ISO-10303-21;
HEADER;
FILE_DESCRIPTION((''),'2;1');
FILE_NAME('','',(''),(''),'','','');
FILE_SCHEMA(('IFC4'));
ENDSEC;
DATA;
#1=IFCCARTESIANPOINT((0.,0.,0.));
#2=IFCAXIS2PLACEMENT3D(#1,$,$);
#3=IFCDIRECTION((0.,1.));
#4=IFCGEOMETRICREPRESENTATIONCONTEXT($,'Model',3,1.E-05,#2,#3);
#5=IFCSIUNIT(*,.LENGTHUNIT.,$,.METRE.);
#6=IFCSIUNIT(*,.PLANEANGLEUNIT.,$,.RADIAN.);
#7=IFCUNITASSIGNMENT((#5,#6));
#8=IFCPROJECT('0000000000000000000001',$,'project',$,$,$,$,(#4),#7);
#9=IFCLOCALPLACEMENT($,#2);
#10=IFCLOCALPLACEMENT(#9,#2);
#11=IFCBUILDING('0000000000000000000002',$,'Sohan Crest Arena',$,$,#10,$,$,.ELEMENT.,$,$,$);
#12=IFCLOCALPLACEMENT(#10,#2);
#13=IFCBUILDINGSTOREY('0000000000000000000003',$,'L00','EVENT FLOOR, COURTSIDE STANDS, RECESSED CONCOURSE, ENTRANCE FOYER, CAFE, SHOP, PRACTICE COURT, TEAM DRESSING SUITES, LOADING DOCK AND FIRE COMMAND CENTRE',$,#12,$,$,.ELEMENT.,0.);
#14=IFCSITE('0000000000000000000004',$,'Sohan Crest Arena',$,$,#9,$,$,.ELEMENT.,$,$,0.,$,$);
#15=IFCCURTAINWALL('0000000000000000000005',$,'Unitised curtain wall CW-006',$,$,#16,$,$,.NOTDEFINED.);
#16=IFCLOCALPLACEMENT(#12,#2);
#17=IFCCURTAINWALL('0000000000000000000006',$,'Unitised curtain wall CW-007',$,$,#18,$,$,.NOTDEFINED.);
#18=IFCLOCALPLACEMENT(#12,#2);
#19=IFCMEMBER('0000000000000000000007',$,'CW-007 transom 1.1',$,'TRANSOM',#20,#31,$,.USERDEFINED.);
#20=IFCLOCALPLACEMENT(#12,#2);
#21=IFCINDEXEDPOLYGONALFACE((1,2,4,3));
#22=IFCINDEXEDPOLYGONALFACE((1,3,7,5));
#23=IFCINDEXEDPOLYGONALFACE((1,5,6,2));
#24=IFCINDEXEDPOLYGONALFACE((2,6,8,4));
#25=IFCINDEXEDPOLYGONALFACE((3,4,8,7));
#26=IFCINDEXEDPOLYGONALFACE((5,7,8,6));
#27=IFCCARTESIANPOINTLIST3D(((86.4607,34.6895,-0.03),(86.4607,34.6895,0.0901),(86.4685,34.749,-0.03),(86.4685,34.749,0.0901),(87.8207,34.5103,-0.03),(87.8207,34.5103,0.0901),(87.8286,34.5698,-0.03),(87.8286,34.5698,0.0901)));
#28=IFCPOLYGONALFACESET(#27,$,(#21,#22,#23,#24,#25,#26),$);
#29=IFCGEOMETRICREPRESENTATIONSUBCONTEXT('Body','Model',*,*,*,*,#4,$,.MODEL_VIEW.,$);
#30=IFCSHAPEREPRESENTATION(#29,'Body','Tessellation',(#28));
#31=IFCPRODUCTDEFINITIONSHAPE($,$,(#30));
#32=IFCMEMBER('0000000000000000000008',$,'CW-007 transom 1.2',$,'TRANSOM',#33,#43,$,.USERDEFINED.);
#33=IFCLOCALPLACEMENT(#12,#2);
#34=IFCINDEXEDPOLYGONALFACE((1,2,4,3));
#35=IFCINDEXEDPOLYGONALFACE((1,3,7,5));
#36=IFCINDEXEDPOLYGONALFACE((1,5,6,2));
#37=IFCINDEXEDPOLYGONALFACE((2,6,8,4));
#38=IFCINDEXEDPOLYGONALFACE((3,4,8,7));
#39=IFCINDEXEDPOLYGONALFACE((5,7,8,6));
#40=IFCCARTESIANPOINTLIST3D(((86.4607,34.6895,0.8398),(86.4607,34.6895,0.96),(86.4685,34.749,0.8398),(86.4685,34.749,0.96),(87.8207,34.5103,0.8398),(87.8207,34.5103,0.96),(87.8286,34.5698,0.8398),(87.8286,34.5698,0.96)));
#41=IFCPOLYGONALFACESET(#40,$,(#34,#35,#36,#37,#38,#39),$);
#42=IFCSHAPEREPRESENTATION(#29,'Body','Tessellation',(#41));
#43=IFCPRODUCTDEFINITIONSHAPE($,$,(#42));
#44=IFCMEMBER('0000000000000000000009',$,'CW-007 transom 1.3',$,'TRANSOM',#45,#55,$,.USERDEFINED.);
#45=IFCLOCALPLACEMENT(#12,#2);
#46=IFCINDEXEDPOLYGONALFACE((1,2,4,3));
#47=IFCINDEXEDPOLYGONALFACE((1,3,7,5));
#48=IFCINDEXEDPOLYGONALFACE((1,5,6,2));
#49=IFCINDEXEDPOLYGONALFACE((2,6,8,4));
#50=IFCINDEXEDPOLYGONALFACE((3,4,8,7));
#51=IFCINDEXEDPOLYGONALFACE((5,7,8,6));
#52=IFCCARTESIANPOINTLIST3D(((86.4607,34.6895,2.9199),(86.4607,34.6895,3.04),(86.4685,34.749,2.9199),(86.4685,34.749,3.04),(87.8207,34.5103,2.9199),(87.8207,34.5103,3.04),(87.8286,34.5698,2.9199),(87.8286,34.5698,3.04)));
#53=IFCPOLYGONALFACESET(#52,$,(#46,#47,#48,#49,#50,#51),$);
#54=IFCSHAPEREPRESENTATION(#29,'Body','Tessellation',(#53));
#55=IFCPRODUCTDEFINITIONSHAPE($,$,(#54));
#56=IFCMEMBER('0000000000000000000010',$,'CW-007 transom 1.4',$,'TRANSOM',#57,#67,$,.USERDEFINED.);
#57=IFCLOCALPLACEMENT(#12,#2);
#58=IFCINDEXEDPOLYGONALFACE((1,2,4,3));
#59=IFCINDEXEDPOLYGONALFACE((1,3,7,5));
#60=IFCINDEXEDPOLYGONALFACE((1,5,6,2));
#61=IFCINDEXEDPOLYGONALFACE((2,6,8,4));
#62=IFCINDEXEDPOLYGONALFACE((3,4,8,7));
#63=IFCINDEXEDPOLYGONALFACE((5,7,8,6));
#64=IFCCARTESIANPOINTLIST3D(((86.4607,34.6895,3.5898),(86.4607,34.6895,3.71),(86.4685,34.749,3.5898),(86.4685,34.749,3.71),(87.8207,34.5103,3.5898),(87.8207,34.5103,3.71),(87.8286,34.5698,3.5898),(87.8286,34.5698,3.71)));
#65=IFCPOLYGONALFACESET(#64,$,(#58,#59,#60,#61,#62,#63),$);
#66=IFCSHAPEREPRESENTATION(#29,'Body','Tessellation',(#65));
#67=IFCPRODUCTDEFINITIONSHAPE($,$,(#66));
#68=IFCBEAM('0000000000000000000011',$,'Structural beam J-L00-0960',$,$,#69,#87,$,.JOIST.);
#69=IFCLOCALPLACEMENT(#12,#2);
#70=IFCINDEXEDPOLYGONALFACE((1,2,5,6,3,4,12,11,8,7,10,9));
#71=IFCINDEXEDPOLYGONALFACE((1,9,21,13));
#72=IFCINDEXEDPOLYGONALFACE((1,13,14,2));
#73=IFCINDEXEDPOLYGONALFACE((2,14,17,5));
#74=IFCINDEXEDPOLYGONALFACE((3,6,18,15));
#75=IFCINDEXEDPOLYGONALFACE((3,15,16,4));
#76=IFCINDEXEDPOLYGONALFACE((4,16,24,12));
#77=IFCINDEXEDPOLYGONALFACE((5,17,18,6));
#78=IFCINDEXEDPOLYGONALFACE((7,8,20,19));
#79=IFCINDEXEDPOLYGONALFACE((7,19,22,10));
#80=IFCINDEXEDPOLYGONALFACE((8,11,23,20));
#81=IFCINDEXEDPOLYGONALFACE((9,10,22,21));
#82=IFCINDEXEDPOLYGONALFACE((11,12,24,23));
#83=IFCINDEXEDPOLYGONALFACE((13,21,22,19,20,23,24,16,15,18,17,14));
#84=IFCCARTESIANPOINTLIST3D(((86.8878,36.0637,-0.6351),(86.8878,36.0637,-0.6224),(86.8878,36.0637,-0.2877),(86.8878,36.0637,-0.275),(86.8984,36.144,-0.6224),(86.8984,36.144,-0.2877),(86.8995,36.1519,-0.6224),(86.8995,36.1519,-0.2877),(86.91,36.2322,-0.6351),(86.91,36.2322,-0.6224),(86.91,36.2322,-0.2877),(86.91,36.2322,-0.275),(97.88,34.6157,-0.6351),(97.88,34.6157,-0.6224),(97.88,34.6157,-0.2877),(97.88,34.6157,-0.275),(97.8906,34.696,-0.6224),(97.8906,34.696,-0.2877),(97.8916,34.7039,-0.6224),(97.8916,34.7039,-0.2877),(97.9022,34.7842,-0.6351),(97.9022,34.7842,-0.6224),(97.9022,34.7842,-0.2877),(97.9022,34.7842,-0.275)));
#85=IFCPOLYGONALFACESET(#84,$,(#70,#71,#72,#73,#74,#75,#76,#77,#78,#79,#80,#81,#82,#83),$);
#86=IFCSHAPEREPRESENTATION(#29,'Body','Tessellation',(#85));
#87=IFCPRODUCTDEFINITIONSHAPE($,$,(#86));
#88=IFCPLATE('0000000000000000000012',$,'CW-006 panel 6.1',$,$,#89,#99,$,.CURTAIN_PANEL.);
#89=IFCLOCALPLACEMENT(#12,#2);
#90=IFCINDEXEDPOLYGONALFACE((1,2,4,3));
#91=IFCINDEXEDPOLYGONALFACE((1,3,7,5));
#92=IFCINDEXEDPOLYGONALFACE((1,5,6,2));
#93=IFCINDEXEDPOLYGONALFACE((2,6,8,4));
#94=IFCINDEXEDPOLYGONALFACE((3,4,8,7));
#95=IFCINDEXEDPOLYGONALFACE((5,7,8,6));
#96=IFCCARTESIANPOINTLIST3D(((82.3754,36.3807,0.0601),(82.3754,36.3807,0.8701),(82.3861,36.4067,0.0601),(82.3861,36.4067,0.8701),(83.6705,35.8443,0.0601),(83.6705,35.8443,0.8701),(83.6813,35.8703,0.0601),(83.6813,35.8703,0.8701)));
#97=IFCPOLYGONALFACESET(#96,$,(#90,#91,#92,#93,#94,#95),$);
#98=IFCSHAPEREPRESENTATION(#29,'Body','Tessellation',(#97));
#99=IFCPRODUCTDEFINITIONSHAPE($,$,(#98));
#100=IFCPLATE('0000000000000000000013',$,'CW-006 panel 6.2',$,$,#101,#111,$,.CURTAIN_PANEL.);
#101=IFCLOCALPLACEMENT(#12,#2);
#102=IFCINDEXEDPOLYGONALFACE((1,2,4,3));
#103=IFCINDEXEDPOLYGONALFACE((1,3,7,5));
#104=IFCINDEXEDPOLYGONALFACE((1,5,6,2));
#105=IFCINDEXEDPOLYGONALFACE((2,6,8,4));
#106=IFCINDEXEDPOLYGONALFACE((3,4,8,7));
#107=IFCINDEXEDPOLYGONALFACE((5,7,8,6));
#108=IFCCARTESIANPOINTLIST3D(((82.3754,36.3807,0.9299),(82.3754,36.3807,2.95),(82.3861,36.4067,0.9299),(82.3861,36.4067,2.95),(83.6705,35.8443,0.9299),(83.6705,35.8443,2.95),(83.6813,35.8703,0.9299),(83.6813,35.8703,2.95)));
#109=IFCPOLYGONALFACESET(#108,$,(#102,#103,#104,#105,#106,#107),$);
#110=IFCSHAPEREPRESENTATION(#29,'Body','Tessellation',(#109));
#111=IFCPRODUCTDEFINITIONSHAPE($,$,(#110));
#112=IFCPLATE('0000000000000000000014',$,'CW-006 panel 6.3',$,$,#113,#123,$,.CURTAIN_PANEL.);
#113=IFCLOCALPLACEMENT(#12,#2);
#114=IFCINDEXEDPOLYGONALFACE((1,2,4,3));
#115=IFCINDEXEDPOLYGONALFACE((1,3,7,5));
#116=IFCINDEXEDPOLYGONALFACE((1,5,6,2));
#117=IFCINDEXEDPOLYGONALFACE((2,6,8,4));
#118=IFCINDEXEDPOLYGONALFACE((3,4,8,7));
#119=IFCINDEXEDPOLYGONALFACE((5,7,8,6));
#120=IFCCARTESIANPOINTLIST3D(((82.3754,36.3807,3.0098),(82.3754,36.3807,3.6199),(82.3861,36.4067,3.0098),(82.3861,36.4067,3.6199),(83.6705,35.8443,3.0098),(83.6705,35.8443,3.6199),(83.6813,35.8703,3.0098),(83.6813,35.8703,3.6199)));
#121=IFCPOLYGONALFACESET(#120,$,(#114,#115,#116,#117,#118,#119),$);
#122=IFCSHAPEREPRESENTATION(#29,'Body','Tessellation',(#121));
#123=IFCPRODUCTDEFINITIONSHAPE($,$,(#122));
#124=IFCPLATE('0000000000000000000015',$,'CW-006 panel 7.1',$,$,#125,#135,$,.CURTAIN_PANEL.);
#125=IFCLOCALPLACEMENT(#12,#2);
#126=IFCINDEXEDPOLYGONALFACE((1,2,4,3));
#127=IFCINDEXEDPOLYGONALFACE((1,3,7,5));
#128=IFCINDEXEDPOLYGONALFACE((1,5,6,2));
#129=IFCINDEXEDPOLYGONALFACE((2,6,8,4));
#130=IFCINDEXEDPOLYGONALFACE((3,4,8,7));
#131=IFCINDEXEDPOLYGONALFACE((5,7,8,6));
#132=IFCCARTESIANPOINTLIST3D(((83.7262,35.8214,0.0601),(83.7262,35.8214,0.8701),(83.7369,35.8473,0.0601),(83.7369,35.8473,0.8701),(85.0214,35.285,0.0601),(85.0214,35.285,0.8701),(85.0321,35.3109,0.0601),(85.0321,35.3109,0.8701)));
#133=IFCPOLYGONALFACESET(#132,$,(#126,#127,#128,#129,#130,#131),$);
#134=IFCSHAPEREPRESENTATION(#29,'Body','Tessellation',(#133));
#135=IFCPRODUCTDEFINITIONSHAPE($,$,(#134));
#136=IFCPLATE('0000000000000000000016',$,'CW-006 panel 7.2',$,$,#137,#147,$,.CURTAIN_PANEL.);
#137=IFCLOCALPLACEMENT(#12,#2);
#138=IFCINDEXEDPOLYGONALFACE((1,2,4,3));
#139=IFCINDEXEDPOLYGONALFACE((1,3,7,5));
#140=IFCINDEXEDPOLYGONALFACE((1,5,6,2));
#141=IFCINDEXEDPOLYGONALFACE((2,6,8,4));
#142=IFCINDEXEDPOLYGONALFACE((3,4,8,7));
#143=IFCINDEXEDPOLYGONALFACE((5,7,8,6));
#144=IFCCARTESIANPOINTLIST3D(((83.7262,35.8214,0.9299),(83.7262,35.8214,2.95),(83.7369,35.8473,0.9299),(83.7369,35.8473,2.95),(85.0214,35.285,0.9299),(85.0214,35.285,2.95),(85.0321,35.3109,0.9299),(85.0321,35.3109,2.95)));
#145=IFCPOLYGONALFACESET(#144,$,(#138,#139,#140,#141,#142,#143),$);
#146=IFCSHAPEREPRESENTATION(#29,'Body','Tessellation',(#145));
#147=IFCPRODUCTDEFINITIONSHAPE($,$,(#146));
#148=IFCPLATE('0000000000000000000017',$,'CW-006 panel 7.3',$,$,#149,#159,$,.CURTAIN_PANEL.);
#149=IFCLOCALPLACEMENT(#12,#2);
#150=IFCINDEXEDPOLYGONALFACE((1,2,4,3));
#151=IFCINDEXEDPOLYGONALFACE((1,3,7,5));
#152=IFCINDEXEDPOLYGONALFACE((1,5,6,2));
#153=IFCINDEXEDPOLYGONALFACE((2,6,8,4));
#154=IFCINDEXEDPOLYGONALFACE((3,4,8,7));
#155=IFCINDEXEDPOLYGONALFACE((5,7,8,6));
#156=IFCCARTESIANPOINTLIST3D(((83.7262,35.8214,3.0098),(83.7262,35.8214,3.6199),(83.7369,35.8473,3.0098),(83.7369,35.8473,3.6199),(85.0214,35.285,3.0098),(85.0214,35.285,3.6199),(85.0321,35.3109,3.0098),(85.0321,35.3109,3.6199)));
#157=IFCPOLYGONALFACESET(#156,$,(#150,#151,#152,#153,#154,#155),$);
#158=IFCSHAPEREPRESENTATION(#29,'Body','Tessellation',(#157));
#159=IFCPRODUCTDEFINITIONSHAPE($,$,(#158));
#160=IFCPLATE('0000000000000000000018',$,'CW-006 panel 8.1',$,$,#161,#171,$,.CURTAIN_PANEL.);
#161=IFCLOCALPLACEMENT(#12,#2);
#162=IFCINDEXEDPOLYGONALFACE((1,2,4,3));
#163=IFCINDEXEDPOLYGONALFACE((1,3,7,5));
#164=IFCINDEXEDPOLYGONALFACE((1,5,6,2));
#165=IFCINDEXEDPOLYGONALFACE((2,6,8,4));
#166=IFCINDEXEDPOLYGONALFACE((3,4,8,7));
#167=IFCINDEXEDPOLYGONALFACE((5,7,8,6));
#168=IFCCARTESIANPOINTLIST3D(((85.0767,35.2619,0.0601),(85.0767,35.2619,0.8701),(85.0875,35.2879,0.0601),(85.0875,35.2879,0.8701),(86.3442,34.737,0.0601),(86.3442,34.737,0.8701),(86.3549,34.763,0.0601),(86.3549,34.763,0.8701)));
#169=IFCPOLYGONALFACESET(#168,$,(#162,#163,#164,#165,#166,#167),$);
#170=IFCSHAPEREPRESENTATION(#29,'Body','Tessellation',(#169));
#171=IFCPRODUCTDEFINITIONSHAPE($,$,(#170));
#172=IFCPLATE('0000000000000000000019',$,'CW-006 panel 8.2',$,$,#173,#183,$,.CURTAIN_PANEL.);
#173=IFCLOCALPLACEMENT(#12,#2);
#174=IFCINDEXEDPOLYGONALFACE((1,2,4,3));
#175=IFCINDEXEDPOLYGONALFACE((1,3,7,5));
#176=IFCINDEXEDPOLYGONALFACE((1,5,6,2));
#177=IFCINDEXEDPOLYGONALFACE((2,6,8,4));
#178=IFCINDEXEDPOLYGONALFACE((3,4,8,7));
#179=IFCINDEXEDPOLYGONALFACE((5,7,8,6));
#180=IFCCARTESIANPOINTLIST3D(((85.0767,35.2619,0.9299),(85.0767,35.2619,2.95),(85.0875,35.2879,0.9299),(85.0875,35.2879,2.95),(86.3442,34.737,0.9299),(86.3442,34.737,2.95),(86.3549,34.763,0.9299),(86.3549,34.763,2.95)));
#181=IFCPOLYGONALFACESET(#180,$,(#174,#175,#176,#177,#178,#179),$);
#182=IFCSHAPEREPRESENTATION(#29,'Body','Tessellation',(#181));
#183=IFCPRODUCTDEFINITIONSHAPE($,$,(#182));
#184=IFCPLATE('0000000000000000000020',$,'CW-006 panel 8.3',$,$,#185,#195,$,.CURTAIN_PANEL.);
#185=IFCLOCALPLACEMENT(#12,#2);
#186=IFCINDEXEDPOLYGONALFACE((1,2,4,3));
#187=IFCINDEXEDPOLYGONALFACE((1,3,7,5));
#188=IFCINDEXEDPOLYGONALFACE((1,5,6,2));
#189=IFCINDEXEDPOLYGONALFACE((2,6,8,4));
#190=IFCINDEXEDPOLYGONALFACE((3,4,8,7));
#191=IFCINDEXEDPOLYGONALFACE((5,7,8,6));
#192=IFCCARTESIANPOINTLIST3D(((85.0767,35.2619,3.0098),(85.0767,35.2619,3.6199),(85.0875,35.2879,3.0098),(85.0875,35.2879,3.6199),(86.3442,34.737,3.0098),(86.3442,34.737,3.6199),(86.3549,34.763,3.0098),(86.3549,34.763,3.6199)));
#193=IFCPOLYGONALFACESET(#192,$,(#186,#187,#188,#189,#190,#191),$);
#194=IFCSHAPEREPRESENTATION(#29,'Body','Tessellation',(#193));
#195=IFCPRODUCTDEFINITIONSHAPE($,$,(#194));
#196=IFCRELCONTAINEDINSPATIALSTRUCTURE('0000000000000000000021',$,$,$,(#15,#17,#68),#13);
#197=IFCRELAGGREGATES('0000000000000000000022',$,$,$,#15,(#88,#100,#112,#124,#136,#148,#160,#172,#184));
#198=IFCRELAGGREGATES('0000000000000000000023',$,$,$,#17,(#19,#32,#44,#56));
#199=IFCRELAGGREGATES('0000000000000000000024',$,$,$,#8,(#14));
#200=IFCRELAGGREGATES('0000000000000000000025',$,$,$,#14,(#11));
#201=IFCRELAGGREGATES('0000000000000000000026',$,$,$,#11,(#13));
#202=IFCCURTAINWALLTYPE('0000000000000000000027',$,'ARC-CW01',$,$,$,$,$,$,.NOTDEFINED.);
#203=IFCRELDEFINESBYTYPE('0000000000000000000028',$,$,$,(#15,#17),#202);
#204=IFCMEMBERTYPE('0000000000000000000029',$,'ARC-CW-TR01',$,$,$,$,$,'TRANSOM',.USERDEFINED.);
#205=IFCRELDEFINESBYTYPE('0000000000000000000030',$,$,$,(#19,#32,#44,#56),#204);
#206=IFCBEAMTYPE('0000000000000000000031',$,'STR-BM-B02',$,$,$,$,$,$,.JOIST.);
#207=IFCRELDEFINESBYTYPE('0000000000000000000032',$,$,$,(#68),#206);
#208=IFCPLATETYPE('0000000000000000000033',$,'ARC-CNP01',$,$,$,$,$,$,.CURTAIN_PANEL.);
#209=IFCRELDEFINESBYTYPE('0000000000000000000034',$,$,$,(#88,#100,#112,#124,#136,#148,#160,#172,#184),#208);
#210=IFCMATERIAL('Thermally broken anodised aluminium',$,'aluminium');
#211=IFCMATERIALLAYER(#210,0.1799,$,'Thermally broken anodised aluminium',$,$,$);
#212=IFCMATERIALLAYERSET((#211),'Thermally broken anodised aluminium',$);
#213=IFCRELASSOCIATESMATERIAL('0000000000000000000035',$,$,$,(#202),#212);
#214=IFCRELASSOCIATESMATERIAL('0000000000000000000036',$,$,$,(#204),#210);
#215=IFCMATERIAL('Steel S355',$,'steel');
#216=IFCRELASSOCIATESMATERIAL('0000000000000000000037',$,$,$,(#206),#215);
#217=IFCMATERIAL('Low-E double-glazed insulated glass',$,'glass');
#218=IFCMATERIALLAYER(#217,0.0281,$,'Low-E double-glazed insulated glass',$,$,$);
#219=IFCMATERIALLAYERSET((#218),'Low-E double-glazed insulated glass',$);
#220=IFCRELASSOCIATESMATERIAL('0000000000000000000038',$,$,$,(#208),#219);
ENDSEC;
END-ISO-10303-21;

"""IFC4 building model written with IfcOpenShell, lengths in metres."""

from ifc_helpers import new_model, si_unit, direction, frame, origin, origin_2d, place, context, subcontext, project, spatial, rectangle, i_section, extrude, material, layer, layer_set, material_profile, profile_set, type_object, element, aggregate, save


model = new_model("IFC4")

# Units and contexts
model_context = context("Model", 3, precision=1e-05, world=origin(), true_north=direction((0.0, 1.0)))
body_context = subcontext(model_context, "Body", "Model", "MODEL_VIEW")
ifc_project = project(units=[si_unit("LENGTHUNIT", "METRE"), si_unit("PLANEANGLEUNIT", "RADIAN")], contexts=[model_context])

# Site, building, storey
site_placement = place(None, origin())
site = spatial("IfcSite", under=ifc_project, at=site_placement, Name="Sohan Crest Arena", CompositionType="ELEMENT", RefElevation=0.0)
building_placement = place(site_placement, origin())
building = spatial("IfcBuilding", under=site, at=building_placement, Name="Sohan Crest Arena", CompositionType="ELEMENT")
storey_placement = place(building_placement, origin())
storey = spatial("IfcBuildingStorey", under=building, at=storey_placement, Name="L00", Description="EVENT FLOOR, COURTSIDE STANDS, RECESSED CONCOURSE, ENTRANCE FOYER, CAFE, SHOP, PRACTICE COURT, TEAM DRESSING SUITES, LOADING DOCK AND FIRE COMMAND CENTRE", CompositionType="ELEMENT", Elevation=0.0)

# Curtain wall
ifc_material_1 = material(Name="Thermally broken anodised aluminium", Category="aluminium")
ifc_layer_1 = layer(ifc_material_1, 0.1799, Name="Thermally broken anodised aluminium")
ifc_layer_set_1 = layer_set([ifc_layer_1], Name="Thermally broken anodised aluminium")
curtain_wall_type = type_object("IfcCurtainWallType", Name="ARC-CW01", PredefinedType="NOTDEFINED", material=ifc_layer_set_1)
curtain_wall_1_placement = place(storey_placement, origin())
curtain_wall_1 = element("IfcCurtainWall", 1, at=curtain_wall_1_placement, inside=storey, type_object=curtain_wall_type, Name="Unitised curtain wall CW-006", PredefinedType="NOTDEFINED")

# Curtain wall
curtain_wall_2_placement = place(storey_placement, origin())
curtain_wall_2 = element("IfcCurtainWall", 2, at=curtain_wall_2_placement, inside=storey, type_object=curtain_wall_type, Name="Unitised curtain wall CW-007", PredefinedType="NOTDEFINED")

# Members
ifc_material_profile_1 = material_profile(ifc_material_1, rectangle(XDim=0.0601, YDim=0.1201, at=origin_2d()), Name="ALU-TRAN 60x120")
ifc_profile_set_1 = profile_set([ifc_material_profile_1], Name="Thermally broken anodised aluminium")
member_type_1 = type_object("IfcMemberType", Name="ARC-CW-TR01", ElementType="TRANSOM", PredefinedType="USERDEFINED", material=ifc_profile_set_1)
member_1_placement = place(storey_placement, frame((86.4646, 34.7192, 0.03), z_axis=(0.991432, -0.130625, 0.0), x_axis=(0.130625, 0.991432, 0.0)))
member_1 = element("IfcMember", 3, at=member_1_placement, type_object=member_type_1, Name="CW-007 transom 1.1", ObjectType="TRANSOM", PredefinedType="USERDEFINED", context=body_context, shape_type="SweptSolid", body=[
    extrude(rectangle(XDim=0.0601, YDim=0.1201, at=origin_2d()), origin(), (0.0, 0.0, 1.0), 1.3718),
])
member_2_placement = place(storey_placement, frame((86.4646, 34.7192, 0.8999), z_axis=(0.991432, -0.130625, 0.0), x_axis=(0.130625, 0.991432, 0.0)))
member_2 = element("IfcMember", 4, at=member_2_placement, type_object=member_type_1, Name="CW-007 transom 1.2", ObjectType="TRANSOM", PredefinedType="USERDEFINED", context=body_context, shape_type="SweptSolid", body=[
    extrude(rectangle(XDim=0.0601, YDim=0.1201, at=origin_2d()), origin(), (0.0, 0.0, 1.0), 1.3718),
])
member_3_placement = place(storey_placement, frame((86.4646, 34.7192, 2.98), z_axis=(0.991432, -0.130625, 0.0), x_axis=(0.130625, 0.991432, 0.0)))
member_3 = element("IfcMember", 5, at=member_3_placement, type_object=member_type_1, Name="CW-007 transom 1.3", ObjectType="TRANSOM", PredefinedType="USERDEFINED", context=body_context, shape_type="SweptSolid", body=[
    extrude(rectangle(XDim=0.0601, YDim=0.1201, at=origin_2d()), origin(), (0.0, 0.0, 1.0), 1.3718),
])
member_4_placement = place(storey_placement, frame((86.4646, 34.7192, 3.6499), z_axis=(0.991432, -0.130625, 0.0), x_axis=(0.130625, 0.991432, 0.0)))
member_4 = element("IfcMember", 6, at=member_4_placement, type_object=member_type_1, Name="CW-007 transom 1.4", ObjectType="TRANSOM", PredefinedType="USERDEFINED", context=body_context, shape_type="SweptSolid", body=[
    extrude(rectangle(XDim=0.0601, YDim=0.1201, at=origin_2d()), origin(), (0.0, 0.0, 1.0), 1.3718),
])

# Beam
ifc_material_2 = material(Name="Steel S355", Category="steel")
ifc_material_profile_2 = material_profile(ifc_material_2, i_section(OverallWidth=0.1699, OverallDepth=0.3601, WebThickness=0.0081, FlangeThickness=0.0127, at=origin_2d()), Name="IPE 360")
ifc_profile_set_2 = profile_set([ifc_material_profile_2], Name="Steel S355")
beam_type = type_object("IfcBeamType", Name="STR-BM-B02", PredefinedType="JOIST", material=ifc_profile_set_2)
beam_placement = place(storey_placement, frame((86.8989, 36.1479, -0.4551), z_axis=(0.991435, -0.130601, 0.0), x_axis=(0.130601, 0.991435, 0.0)))
element("IfcBeam", 7, at=beam_placement, inside=storey, type_object=beam_type, Name="Structural beam J-L00-0960", PredefinedType="JOIST", context=body_context, shape_type="SweptSolid", body=[
    extrude(i_section(OverallWidth=0.1699, OverallDepth=0.3601, WebThickness=0.0081, FlangeThickness=0.0127, at=origin_2d()), origin(), (0.0, 0.0, 1.0), 11.0872),
])

# Plates
ifc_material_3 = material(Name="Low-E double-glazed insulated glass", Category="glass")
ifc_layer_2 = layer(ifc_material_3, 0.0281, Name="Low-E double-glazed insulated glass")
ifc_layer_set_2 = layer_set([ifc_layer_2], Name="Low-E double-glazed insulated glass")
plate_type = type_object("IfcPlateType", Name="ARC-CNP01", PredefinedType="CURTAIN_PANEL", material=ifc_layer_set_2)
plate_1_placement = place(storey_placement, frame((83.0283, 36.1255, 0.0601), z_axis=(0.0, 0.0, 1.0), x_axis=(0.923897, -0.382641, 0.0)))
plate_1 = element("IfcPlate", 8, at=plate_1_placement, type_object=plate_type, Name="CW-006 panel 6.1", PredefinedType="CURTAIN_PANEL", context=body_context, shape_type="SweptSolid", body=[
    extrude(rectangle(XDim=1.4019, YDim=0.0281, at=origin_2d()), origin(), (0.0, 0.0, 1.0), 0.8101),
])
plate_2_placement = place(storey_placement, frame((83.0283, 36.1255, 0.9299), z_axis=(0.0, 0.0, 1.0), x_axis=(0.923897, -0.382641, 0.0)))
plate_2 = element("IfcPlate", 9, at=plate_2_placement, type_object=plate_type, Name="CW-006 panel 6.2", PredefinedType="CURTAIN_PANEL", context=body_context, shape_type="SweptSolid", body=[
    extrude(rectangle(XDim=1.4019, YDim=0.0281, at=origin_2d()), origin(), (0.0, 0.0, 1.0), 2.02),
])
plate_3_placement = place(storey_placement, frame((83.0283, 36.1255, 3.0098), z_axis=(0.0, 0.0, 1.0), x_axis=(0.923897, -0.382641, 0.0)))
plate_3 = element("IfcPlate", 10, at=plate_3_placement, type_object=plate_type, Name="CW-006 panel 6.3", PredefinedType="CURTAIN_PANEL", context=body_context, shape_type="SweptSolid", body=[
    extrude(rectangle(XDim=1.4019, YDim=0.0281, at=origin_2d()), origin(), (0.0, 0.0, 1.0), 0.6101),
])
plate_4_placement = place(storey_placement, frame((84.3792, 35.5662, 0.0601), z_axis=(0.0, 0.0, 1.0), x_axis=(0.923897, -0.382641, 0.0)))
plate_4 = element("IfcPlate", 11, at=plate_4_placement, type_object=plate_type, Name="CW-006 panel 7.1", PredefinedType="CURTAIN_PANEL", context=body_context, shape_type="SweptSolid", body=[
    extrude(rectangle(XDim=1.4019, YDim=0.0281, at=origin_2d()), origin(), (0.0, 0.0, 1.0), 0.8101),
])
plate_5_placement = place(storey_placement, frame((84.3792, 35.5662, 0.9299), z_axis=(0.0, 0.0, 1.0), x_axis=(0.923897, -0.382641, 0.0)))
plate_5 = element("IfcPlate", 12, at=plate_5_placement, type_object=plate_type, Name="CW-006 panel 7.2", PredefinedType="CURTAIN_PANEL", context=body_context, shape_type="SweptSolid", body=[
    extrude(rectangle(XDim=1.4019, YDim=0.0281, at=origin_2d()), origin(), (0.0, 0.0, 1.0), 2.02),
])
plate_6_placement = place(storey_placement, frame((84.3792, 35.5662, 3.0098), z_axis=(0.0, 0.0, 1.0), x_axis=(0.923897, -0.382641, 0.0)))
plate_6 = element("IfcPlate", 13, at=plate_6_placement, type_object=plate_type, Name="CW-006 panel 7.3", PredefinedType="CURTAIN_PANEL", context=body_context, shape_type="SweptSolid", body=[
    extrude(rectangle(XDim=1.4019, YDim=0.0281, at=origin_2d()), origin(), (0.0, 0.0, 1.0), 0.6101),
])
plate_7_placement = place(storey_placement, frame((85.7158, 35.0125, 0.0601), z_axis=(0.0, 0.0, 1.0), x_axis=(0.923897, -0.382641, 0.0)))
plate_7 = element("IfcPlate", 14, at=plate_7_placement, type_object=plate_type, Name="CW-006 panel 8.1", PredefinedType="CURTAIN_PANEL", context=body_context, shape_type="SweptSolid", body=[
    extrude(rectangle(XDim=1.3718, YDim=0.0281, at=origin_2d()), origin(), (0.0, 0.0, 1.0), 0.8101),
])
plate_8_placement = place(storey_placement, frame((85.7158, 35.0125, 0.9299), z_axis=(0.0, 0.0, 1.0), x_axis=(0.923897, -0.382641, 0.0)))
plate_8 = element("IfcPlate", 15, at=plate_8_placement, type_object=plate_type, Name="CW-006 panel 8.2", PredefinedType="CURTAIN_PANEL", context=body_context, shape_type="SweptSolid", body=[
    extrude(rectangle(XDim=1.3718, YDim=0.0281, at=origin_2d()), origin(), (0.0, 0.0, 1.0), 2.02),
])
plate_9_placement = place(storey_placement, frame((85.7158, 35.0125, 3.0098), z_axis=(0.0, 0.0, 1.0), x_axis=(0.923897, -0.382641, 0.0)))
plate_9 = element("IfcPlate", 16, at=plate_9_placement, type_object=plate_type, Name="CW-006 panel 8.3", PredefinedType="CURTAIN_PANEL", context=body_context, shape_type="SweptSolid", body=[
    extrude(rectangle(XDim=1.3718, YDim=0.0281, at=origin_2d()), origin(), (0.0, 0.0, 1.0), 0.6101),
])
aggregate(curtain_wall_1, [plate_1, plate_2, plate_3, plate_4, plate_5, plate_6, plate_7, plate_8, plate_9])
aggregate(curtain_wall_2, [member_1, member_2, member_3, member_4])

save(model, "model.ifc")
